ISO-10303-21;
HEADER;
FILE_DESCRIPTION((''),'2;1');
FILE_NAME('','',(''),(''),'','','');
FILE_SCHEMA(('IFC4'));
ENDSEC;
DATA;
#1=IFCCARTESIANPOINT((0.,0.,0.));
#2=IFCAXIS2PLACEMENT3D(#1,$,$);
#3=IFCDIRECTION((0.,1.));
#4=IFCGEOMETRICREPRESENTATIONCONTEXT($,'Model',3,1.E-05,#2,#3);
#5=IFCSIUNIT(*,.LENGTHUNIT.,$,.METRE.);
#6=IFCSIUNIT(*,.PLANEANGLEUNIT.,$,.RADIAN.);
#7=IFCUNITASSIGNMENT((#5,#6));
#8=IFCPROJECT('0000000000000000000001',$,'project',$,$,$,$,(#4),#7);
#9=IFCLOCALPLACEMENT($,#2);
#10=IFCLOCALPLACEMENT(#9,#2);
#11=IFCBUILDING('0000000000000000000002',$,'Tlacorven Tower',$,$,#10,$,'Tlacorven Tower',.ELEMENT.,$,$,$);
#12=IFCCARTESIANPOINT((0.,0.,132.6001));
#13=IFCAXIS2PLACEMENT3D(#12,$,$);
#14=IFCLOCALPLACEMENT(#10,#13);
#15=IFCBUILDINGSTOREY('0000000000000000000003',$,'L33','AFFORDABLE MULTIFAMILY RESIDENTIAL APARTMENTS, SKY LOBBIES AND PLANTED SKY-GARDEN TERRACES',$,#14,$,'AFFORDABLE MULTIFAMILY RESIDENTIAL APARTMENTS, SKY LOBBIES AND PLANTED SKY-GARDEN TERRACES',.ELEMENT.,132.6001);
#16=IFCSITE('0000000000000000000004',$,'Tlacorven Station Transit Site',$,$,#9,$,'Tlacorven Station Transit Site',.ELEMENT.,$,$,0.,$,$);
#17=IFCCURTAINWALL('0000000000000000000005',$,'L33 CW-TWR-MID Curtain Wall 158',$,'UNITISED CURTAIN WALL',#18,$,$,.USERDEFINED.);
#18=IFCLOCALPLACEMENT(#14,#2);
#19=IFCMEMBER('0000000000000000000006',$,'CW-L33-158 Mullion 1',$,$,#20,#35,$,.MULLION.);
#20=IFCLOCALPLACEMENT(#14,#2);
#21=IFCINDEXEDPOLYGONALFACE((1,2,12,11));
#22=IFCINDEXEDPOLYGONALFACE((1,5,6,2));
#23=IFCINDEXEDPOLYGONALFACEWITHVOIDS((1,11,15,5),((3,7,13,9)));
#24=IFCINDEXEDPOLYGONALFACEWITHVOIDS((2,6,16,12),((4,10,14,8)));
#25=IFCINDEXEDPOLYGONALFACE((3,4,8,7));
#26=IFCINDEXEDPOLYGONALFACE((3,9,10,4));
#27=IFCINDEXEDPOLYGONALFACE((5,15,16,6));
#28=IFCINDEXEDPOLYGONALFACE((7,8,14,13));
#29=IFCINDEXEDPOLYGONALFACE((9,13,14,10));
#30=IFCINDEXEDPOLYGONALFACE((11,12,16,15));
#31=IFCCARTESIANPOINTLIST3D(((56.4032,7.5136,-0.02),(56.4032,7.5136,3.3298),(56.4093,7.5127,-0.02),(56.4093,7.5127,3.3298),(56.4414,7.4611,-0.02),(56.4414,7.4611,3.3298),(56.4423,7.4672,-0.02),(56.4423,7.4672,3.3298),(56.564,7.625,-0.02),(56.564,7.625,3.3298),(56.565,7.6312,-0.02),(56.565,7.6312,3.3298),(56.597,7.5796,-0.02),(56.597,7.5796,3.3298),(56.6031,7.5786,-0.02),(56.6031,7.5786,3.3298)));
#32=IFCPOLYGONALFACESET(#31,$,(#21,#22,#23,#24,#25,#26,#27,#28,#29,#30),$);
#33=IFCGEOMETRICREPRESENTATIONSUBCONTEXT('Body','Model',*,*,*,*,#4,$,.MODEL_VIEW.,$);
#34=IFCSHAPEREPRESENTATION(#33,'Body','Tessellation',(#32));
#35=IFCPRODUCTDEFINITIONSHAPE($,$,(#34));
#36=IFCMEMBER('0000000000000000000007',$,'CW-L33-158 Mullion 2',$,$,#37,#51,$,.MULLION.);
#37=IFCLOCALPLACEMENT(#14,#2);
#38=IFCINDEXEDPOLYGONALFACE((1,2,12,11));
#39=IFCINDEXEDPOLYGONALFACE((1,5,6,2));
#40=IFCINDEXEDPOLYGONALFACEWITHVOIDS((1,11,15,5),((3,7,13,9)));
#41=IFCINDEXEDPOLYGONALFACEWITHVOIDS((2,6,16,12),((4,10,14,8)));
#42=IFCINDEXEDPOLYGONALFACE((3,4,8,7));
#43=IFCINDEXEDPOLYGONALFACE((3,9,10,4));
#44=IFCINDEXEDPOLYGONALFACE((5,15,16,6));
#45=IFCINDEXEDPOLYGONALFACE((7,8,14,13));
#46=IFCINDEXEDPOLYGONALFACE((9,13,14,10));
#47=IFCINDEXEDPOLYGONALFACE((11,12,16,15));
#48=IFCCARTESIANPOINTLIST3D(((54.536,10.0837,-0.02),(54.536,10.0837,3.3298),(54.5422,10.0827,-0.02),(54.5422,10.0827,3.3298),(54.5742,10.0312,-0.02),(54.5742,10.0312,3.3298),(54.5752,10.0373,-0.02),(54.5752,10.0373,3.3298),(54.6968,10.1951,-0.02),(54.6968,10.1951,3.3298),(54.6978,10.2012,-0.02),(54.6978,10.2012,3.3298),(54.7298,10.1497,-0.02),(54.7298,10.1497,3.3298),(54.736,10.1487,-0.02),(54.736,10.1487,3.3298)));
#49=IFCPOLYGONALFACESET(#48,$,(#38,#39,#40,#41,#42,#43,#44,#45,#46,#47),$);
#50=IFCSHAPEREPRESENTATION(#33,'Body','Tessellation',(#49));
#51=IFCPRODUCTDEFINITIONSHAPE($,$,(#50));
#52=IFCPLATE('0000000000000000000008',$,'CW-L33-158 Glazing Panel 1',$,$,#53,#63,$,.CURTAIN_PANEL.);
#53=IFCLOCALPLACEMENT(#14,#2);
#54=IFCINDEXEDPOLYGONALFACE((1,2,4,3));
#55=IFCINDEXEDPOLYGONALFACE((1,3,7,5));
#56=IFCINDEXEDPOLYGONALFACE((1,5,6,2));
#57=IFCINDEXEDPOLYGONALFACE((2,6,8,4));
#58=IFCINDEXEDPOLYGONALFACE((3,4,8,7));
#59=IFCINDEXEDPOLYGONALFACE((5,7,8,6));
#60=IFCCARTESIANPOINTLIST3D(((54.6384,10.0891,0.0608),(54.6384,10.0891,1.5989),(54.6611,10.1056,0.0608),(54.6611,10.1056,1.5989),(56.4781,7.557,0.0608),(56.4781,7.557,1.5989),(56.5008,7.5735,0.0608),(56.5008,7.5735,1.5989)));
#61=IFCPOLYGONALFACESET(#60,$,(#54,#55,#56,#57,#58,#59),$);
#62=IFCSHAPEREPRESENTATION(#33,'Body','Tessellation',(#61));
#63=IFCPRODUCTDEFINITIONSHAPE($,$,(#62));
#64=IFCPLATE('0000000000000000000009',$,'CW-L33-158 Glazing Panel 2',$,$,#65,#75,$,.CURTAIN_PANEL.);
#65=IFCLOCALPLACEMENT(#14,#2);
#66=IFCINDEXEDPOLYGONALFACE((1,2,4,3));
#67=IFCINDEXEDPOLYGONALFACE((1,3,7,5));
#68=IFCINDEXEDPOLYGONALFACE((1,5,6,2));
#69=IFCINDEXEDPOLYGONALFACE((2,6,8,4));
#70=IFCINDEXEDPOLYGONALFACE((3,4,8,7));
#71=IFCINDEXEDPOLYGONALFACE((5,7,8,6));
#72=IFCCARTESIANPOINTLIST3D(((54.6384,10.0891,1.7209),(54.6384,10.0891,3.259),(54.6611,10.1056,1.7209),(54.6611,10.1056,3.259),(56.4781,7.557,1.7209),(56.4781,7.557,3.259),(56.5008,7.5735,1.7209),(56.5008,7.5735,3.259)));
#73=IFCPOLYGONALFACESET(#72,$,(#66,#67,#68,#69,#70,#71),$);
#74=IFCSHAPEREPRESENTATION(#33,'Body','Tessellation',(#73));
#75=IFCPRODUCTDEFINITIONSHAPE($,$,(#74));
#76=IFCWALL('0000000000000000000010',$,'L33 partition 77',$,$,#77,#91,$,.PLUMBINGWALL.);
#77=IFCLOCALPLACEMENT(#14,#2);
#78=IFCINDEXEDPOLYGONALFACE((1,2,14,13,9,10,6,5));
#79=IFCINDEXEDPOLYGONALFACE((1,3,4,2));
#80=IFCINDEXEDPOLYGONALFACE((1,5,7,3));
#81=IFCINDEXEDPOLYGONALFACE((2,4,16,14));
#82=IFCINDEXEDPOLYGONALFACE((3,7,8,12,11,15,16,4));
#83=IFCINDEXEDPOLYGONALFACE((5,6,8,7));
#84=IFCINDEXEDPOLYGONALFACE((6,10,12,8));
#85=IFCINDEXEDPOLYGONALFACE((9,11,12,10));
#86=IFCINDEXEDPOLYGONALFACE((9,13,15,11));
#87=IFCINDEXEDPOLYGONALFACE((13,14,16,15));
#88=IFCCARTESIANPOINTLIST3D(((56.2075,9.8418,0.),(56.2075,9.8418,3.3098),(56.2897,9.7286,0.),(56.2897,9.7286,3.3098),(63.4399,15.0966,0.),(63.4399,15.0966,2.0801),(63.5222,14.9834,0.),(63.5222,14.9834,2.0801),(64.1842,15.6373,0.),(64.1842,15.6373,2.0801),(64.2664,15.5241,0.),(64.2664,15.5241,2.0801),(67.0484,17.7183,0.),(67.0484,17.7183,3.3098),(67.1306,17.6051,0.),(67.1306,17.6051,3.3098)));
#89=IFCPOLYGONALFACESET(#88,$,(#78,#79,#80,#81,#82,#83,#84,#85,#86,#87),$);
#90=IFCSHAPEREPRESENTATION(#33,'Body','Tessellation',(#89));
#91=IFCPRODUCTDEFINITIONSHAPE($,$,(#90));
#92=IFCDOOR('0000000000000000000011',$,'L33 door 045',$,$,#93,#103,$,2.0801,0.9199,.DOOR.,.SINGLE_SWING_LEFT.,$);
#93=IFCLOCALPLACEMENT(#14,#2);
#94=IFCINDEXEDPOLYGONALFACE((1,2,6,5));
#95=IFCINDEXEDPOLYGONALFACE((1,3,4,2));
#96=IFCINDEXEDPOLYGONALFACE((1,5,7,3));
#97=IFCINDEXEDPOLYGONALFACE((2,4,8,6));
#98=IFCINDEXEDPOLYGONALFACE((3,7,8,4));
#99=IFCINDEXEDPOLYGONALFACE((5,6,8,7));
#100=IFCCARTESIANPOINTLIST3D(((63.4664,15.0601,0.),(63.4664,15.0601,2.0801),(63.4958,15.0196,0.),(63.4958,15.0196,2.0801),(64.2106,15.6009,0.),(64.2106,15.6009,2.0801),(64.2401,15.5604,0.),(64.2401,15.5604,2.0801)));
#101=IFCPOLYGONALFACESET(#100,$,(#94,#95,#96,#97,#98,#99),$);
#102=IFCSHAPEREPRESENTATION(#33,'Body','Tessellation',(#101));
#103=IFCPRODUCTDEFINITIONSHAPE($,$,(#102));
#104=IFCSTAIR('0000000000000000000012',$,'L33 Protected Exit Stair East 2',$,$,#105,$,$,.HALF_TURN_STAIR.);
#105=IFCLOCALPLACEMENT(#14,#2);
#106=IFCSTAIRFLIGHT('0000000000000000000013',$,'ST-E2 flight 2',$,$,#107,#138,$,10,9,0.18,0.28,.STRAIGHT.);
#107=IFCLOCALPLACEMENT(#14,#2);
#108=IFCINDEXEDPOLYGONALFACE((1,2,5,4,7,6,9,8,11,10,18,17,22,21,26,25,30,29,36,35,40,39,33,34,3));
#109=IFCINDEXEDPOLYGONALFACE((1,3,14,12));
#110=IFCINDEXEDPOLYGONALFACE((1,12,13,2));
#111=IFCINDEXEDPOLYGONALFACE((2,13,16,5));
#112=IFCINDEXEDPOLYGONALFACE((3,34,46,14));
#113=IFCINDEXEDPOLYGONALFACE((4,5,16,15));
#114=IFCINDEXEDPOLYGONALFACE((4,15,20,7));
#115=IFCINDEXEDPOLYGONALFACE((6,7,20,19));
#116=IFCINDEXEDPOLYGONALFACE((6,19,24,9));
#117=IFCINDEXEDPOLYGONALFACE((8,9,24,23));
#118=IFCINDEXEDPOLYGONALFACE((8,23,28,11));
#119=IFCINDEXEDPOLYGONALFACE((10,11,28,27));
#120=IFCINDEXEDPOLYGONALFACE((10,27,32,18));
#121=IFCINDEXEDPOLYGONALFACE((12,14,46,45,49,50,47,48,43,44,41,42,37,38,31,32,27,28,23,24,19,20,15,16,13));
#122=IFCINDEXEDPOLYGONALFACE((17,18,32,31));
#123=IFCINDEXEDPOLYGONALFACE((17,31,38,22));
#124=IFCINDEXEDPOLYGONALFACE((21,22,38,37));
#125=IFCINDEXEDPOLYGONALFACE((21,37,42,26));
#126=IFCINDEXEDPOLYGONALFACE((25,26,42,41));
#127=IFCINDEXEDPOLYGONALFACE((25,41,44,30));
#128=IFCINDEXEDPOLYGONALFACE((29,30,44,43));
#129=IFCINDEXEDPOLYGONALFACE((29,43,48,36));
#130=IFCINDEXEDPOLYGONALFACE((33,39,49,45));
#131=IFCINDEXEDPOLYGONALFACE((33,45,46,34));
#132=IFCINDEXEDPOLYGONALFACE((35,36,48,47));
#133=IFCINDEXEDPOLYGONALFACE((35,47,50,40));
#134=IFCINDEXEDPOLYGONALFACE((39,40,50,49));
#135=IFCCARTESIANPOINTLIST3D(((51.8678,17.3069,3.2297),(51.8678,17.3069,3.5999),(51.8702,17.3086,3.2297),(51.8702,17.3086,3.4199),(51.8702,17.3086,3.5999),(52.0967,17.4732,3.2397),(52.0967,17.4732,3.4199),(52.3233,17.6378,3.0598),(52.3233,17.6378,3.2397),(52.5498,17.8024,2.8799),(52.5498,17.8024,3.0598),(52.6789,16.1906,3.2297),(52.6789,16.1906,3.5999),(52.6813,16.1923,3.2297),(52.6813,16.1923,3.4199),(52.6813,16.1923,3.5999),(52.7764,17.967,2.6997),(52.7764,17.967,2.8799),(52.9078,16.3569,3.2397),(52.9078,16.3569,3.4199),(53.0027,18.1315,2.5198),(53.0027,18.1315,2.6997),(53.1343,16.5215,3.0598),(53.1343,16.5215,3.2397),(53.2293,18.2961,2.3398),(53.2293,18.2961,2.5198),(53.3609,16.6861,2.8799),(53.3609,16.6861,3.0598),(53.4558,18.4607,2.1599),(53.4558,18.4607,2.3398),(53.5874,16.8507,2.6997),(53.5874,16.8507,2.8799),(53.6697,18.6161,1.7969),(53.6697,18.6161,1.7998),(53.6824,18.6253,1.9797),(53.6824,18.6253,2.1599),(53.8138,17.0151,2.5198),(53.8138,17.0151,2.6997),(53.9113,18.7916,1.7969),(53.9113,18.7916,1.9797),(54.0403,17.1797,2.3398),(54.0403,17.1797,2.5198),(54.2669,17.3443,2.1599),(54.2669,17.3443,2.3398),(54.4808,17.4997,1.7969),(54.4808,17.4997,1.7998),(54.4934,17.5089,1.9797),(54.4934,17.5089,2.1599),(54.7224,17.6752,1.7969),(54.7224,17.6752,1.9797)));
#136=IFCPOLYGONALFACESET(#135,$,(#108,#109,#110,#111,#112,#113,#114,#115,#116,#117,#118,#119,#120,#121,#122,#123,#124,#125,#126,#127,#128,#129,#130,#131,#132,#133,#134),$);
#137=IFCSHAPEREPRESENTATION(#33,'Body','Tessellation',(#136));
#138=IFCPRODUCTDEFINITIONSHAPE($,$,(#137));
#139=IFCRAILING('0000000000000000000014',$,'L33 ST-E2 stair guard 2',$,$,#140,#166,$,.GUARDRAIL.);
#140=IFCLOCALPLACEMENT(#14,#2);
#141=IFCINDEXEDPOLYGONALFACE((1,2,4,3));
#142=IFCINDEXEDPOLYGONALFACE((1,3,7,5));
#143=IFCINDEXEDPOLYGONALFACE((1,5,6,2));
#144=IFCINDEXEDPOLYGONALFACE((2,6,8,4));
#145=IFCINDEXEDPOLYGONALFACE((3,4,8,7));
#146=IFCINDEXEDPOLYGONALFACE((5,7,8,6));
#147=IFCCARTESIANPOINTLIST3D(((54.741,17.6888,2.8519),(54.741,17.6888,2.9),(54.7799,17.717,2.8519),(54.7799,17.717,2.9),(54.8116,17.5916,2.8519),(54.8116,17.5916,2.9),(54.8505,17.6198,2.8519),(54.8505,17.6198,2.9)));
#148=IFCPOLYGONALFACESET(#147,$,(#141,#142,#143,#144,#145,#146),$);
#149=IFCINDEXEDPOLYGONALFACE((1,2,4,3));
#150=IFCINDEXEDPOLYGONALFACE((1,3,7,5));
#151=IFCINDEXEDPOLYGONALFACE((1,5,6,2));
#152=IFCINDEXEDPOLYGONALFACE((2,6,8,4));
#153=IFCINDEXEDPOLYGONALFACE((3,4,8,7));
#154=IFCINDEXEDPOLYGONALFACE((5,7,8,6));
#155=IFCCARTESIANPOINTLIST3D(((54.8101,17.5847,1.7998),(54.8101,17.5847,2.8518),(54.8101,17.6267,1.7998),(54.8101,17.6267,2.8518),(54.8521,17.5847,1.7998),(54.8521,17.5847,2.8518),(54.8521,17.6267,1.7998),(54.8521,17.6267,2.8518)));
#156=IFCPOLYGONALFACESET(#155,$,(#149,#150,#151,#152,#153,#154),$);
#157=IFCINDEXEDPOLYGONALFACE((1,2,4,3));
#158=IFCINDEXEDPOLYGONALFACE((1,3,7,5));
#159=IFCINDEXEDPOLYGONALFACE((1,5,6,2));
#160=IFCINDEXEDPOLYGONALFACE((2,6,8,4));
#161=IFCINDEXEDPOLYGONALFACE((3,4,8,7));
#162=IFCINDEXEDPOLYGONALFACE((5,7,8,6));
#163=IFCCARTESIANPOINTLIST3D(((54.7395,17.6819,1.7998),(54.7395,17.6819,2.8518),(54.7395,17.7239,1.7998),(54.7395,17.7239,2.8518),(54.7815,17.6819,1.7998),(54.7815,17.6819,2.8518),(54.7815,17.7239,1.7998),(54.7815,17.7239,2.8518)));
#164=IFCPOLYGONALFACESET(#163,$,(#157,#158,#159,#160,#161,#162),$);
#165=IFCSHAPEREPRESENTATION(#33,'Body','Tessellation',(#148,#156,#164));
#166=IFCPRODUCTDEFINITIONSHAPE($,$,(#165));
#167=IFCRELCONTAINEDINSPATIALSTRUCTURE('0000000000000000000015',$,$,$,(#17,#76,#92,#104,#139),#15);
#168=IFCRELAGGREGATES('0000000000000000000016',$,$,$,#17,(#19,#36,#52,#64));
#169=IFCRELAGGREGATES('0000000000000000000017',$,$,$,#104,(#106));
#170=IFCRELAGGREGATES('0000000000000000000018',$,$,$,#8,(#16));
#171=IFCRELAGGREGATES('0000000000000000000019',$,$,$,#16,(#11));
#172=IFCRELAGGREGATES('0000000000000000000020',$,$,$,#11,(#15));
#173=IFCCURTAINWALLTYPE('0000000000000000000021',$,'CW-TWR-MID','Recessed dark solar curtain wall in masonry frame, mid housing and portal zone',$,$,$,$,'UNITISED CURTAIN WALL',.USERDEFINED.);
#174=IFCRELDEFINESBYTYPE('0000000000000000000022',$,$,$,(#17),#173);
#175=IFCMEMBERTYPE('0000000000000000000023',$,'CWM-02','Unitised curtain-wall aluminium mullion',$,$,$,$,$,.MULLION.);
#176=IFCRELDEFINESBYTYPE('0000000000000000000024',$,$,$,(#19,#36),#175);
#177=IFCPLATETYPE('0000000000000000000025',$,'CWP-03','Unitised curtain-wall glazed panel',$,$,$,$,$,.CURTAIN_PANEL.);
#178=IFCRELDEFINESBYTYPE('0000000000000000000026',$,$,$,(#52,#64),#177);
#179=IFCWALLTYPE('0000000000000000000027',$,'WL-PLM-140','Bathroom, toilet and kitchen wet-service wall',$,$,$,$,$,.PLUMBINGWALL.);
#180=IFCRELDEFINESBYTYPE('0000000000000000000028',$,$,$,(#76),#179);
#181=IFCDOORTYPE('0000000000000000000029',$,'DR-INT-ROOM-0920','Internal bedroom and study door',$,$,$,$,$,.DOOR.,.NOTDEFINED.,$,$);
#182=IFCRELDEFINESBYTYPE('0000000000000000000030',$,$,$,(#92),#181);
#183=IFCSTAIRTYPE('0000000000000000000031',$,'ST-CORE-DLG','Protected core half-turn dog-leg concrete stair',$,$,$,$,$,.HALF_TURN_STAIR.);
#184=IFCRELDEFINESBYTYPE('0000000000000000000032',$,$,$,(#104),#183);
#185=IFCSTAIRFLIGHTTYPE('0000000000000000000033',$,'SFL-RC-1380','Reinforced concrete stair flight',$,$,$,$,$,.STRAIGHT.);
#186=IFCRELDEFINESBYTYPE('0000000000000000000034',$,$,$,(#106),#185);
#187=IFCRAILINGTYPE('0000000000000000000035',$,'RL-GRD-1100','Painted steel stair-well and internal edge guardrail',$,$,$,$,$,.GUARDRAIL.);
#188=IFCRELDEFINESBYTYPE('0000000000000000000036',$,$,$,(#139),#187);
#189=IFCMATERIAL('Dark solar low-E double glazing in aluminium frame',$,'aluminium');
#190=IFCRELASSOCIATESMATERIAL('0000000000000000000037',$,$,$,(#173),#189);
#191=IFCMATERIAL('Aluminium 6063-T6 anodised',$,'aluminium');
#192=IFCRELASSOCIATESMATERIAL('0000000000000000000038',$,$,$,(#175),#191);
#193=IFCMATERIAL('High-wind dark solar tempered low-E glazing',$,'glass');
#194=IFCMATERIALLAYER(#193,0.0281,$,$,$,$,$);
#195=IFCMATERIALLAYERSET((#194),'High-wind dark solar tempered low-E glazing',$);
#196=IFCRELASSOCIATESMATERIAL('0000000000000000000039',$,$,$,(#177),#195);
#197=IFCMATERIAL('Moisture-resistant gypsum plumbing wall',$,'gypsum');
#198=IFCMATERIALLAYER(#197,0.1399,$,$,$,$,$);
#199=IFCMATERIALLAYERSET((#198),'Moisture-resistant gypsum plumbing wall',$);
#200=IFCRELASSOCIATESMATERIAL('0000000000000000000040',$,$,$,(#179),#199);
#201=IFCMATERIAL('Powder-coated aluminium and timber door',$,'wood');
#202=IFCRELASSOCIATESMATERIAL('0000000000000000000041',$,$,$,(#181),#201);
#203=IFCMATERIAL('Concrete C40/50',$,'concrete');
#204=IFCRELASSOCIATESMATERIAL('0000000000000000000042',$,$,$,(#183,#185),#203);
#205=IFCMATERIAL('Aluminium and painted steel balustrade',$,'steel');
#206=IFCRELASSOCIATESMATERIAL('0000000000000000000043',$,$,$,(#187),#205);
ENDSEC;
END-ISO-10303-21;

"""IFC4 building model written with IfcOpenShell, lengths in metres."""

from ifc_helpers import new_model, si_unit, direction, frame, frame_2d, origin, origin_2d, place, context, subcontext, project, spatial, polyline, rectangle, hollow_rectangle, outline, extrude, source, transform, mapped, material, layer, layer_set, material_profile, profile_set, type_object, element, fill, aggregate, save


model = new_model("IFC4")

# Units and contexts
model_context = context("Model", 3, precision=1e-05, world=origin(), true_north=direction((0.0, 1.0)))
body_context = subcontext(model_context, "Body", "Model", "MODEL_VIEW")
ifc_project = project(units=[si_unit("LENGTHUNIT", "METRE"), si_unit("PLANEANGLEUNIT", "RADIAN")], contexts=[model_context])

# Site, building, storey
site_placement = place(None, origin())
site = spatial("IfcSite", under=ifc_project, at=site_placement, Name="Tlacorven Station Transit Site", LongName="Tlacorven Station Transit Site", CompositionType="ELEMENT", RefElevation=0.0)
building_placement = place(site_placement, origin())
building = spatial("IfcBuilding", under=site, at=building_placement, Name="Tlacorven Tower", LongName="Tlacorven Tower", CompositionType="ELEMENT")
storey_placement = place(building_placement, frame((0.0, 0.0, 132.6001)))
storey = spatial("IfcBuildingStorey", under=building, at=storey_placement, Name="L33", Description="AFFORDABLE MULTIFAMILY RESIDENTIAL APARTMENTS, SKY LOBBIES AND PLANTED SKY-GARDEN TERRACES", LongName="AFFORDABLE MULTIFAMILY RESIDENTIAL APARTMENTS, SKY LOBBIES AND PLANTED SKY-GARDEN TERRACES", CompositionType="ELEMENT", Elevation=132.6001)

# Curtain wall, members, plates
ifc_material_1 = material(Name="Dark solar low-E double glazing in aluminium frame", Category="aluminium")
curtain_wall_type = type_object("IfcCurtainWallType", Name="CW-TWR-MID", Description="Recessed dark solar curtain wall in masonry frame, mid housing and portal zone", ElementType="UNITISED CURTAIN WALL", PredefinedType="USERDEFINED", material=ifc_material_1)
curtain_wall_placement = place(storey_placement, origin())
curtain_wall = element("IfcCurtainWall", 1, at=curtain_wall_placement, inside=storey, type_object=curtain_wall_type, Name="L33 CW-TWR-MID Curtain Wall 158", ObjectType="UNITISED CURTAIN WALL", PredefinedType="USERDEFINED")
ifc_material_2 = material(Name="Aluminium 6063-T6 anodised", Category="aluminium")
ifc_material_profile_1 = material_profile(ifc_material_2, hollow_rectangle(XDim=0.0649, YDim=0.2, WallThickness=0.0044, at=origin_2d()), Name="ALU MULLION 65X200")
ifc_profile_set_1 = profile_set([ifc_material_profile_1], Name="Aluminium 6063-T6 anodised")
member_type_1 = type_object("IfcMemberType", Name="CWM-02", Description="Unitised curtain-wall aluminium mullion", PredefinedType="MULLION", material=ifc_profile_set_1)
shared_shape_1 = source(origin(), body_context, "Body", "SweptSolid", [
    extrude(hollow_rectangle(XDim=0.0649, YDim=0.2, WallThickness=0.0044, at=origin_2d()), origin(), (0.0, 0.0, 1.0), 3.3499),
])
member_1_placement = place(storey_placement, frame((56.5032, 7.5461, -0.02), z_axis=(0.0, 0.0, 1.0), x_axis=(-0.587785, 0.809017, 0.0)))
member_1 = element("IfcMember", 2, at=member_1_placement, type_object=member_type_1, Name="CW-L33-158 Mullion 1", PredefinedType="MULLION", context=body_context, shape_type="MappedRepresentation", body=[
    mapped(shared_shape_1, transform((0.0, 0.0, 0.0), scale=1.0)),
])
member_2_placement = place(storey_placement, frame((54.636, 10.1162, -0.02), z_axis=(0.0, 0.0, 1.0), x_axis=(-0.587785, 0.809017, 0.0)))
member_2 = element("IfcMember", 3, at=member_2_placement, type_object=member_type_1, Name="CW-L33-158 Mullion 2", PredefinedType="MULLION", context=body_context, shape_type="MappedRepresentation", body=[
    mapped(shared_shape_1, transform((0.0, 0.0, 0.0), scale=1.0)),
])
ifc_material_3 = material(Name="High-wind dark solar tempered low-E glazing", Category="glass")
ifc_layer_1 = layer(ifc_material_3, 0.0281)
ifc_layer_set_1 = layer_set([ifc_layer_1], Name="High-wind dark solar tempered low-E glazing")
plate_type = type_object("IfcPlateType", Name="CWP-03", Description="Unitised curtain-wall glazed panel", PredefinedType="CURTAIN_PANEL", material=ifc_layer_set_1)
shared_shape_2 = source(origin(), body_context, "Body", "SweptSolid", [
    extrude(rectangle(XDim=3.1299, YDim=0.0281, at=origin_2d()), origin(), (0.0, 0.0, 1.0), 1.5381),
])
plate_1_placement = place(storey_placement, frame((55.5696, 8.8313, 0.0608), z_axis=(0.0, 0.0, 1.0), x_axis=(-0.587785, 0.809017, 0.0)))
plate_1 = element("IfcPlate", 4, at=plate_1_placement, type_object=plate_type, Name="CW-L33-158 Glazing Panel 1", PredefinedType="CURTAIN_PANEL", context=body_context, shape_type="MappedRepresentation", body=[
    mapped(shared_shape_2, transform((0.0, 0.0, 0.0), scale=1.0)),
])
plate_2_placement = place(storey_placement, frame((55.5696, 8.8313, 1.7209), z_axis=(0.0, 0.0, 1.0), x_axis=(-0.587785, 0.809017, 0.0)))
plate_2 = element("IfcPlate", 5, at=plate_2_placement, type_object=plate_type, Name="CW-L33-158 Glazing Panel 2", PredefinedType="CURTAIN_PANEL", context=body_context, shape_type="MappedRepresentation", body=[
    mapped(shared_shape_2, transform((0.0, 0.0, 0.0), scale=1.0)),
])
aggregate(curtain_wall, [member_1, member_2, plate_1, plate_2])

# Wall, opening, door
ifc_material_4 = material(Name="Moisture-resistant gypsum plumbing wall", Category="gypsum")
ifc_layer_2 = layer(ifc_material_4, 0.1399)
ifc_layer_set_2 = layer_set([ifc_layer_2], Name="Moisture-resistant gypsum plumbing wall")
wall_type = type_object("IfcWallType", Name="WL-PLM-140", Description="Bathroom, toilet and kitchen wet-service wall", PredefinedType="PLUMBINGWALL", material=ifc_layer_set_2)
wall_placement = place(storey_placement, frame((56.2485, 9.7852, 0.0), z_axis=(0.0, 0.0, 1.0), x_axis=(0.809012, 0.587792, 0.0)))
wall = element("IfcWall", 6, at=wall_placement, inside=storey, type_object=wall_type, Name="L33 partition 77", PredefinedType="PLUMBINGWALL", context=body_context, shape_type="SweptSolid", body=[
    extrude(rectangle(XDim=13.4001, YDim=0.1399, at=frame_2d((6.7002, 0.0))), origin(), (0.0, 0.0, 1.0), 3.3098),
])
opening_placement = place(wall_placement, frame((8.9399, 0.0, 0.0)))
opening = element("IfcOpeningElement", 7, at=opening_placement, cuts=wall, PredefinedType="OPENING", context=body_context, shape_type="SweptSolid", body=[
    extrude(rectangle(XDim=0.9199, YDim=2.0801, at=frame_2d((0.46, 1.04))), frame((0.0, 0.0801, 0.0), z_axis=(0.0, -1.0, 0.0), x_axis=(1.0, 0.0, 0.0)), (0.0, 0.0, 1.0), 0.1599),
])
ifc_material_5 = material(Name="Powder-coated aluminium and timber door", Category="wood")
door_type = type_object("IfcDoorType", Name="DR-INT-ROOM-0920", Description="Internal bedroom and study door", OperationType="NOTDEFINED", PredefinedType="DOOR", material=ifc_material_5)
shared_shape_3 = source(origin(), body_context, "Body", "SweptSolid", [
    extrude(rectangle(XDim=0.9199, YDim=2.0801, at=frame_2d((0.46, 1.04))), frame((0.0, 0.0249, 0.0), z_axis=(0.0, -1.0, 0.0), x_axis=(1.0, 0.0, 0.0)), (0.0, 0.0, 1.0), 0.05),
])
door_placement = place(opening_placement, origin())
door = element("IfcDoor", 8, at=door_placement, inside=storey, type_object=door_type, Name="L33 door 045", OperationType="SINGLE_SWING_LEFT", OverallHeight=2.0801, OverallWidth=0.9199, PredefinedType="DOOR", context=body_context, shape_type="MappedRepresentation", body=[
    mapped(shared_shape_3, transform((0.0, 0.0, 0.0), scale=1.0)),
])
fill(opening, door)

# Stair, stair flight
ifc_material_6 = material(Name="Concrete C40/50", Category="concrete")
stair_type = type_object("IfcStairType", Name="ST-CORE-DLG", Description="Protected core half-turn dog-leg concrete stair", PredefinedType="HALF_TURN_STAIR", material=ifc_material_6)
stair_placement = place(storey_placement, origin())
stair = element("IfcStair", 9, at=stair_placement, inside=storey, type_object=stair_type, Name="L33 Protected Exit Stair East 2", PredefinedType="HALF_TURN_STAIR")
stair_flight_type = type_object("IfcStairFlightType", Name="SFL-RC-1380", Description="Reinforced concrete stair flight", PredefinedType="STRAIGHT", material=ifc_material_6)
shared_shape_4 = source(origin(), body_context, "Body", "SweptSolid", [
    extrude(outline(polyline([(-0.0029, -0.0029), (-0.0029, 0.1799), (0.28, 0.1799), (0.28, 0.3601), (0.5601, 0.3601), (0.5601, 0.54), (0.8401, 0.54), (0.8401, 0.72), (1.1201, 0.72), (1.1201, 0.8999), (1.3999, 0.8999), (1.3999, 1.0801), (1.6799, 1.0801), (1.6799, 1.26), (1.96, 1.26), (1.96, 1.4399), (2.24, 1.4399), (2.24, 1.6201), (2.52, 1.6201), (2.52, 1.8), (2.5229, 1.8), (2.5229, 1.4299), (2.52, 1.4299), (0.2957, 0.0), (0.2957, -0.0029), (-0.0029, -0.0029)])), frame((0.0, 0.6899, 0.0), z_axis=(0.0, -1.0, 0.0), x_axis=(1.0, 0.0, 0.0)), (0.0, 0.0, 1.0), 1.3799),
])
stair_flight_placement = place(storey_placement, frame((54.3145, 18.2317, 1.7998), z_axis=(0.0, 0.0, 1.0), x_axis=(-0.809017, -0.587785, 0.0)))
stair_flight = element("IfcStairFlight", 10, at=stair_flight_placement, type_object=stair_flight_type, Name="ST-E2 flight 2", NumberOfRisers=10, NumberOfTreads=9, PredefinedType="STRAIGHT", RiserHeight=0.18, TreadLength=0.28, context=body_context, shape_type="MappedRepresentation", body=[
    mapped(shared_shape_4, transform((0.0, 0.0, 0.0), scale=1.0)),
])
aggregate(stair, [stair_flight])

# Railing
ifc_material_7 = material(Name="Aluminium and painted steel balustrade", Category="steel")
railing_type_1 = type_object("IfcRailingType", Name="RL-GRD-1100", Description="Painted steel stair-well and internal edge guardrail", PredefinedType="GUARDRAIL", material=ifc_material_7)
shared_shape_5 = source(origin(), body_context, "Body", "SweptSolid", [
    extrude(rectangle(XDim=0.0481, YDim=0.0481, at=origin_2d()), frame((0.0, 0.0, 1.0762), z_axis=(-0.587567, 0.809175, 0.0), x_axis=(-0.809175, -0.587567, 0.0)), (0.0, 0.0, 1.0), 0.1201),
    extrude(rectangle(XDim=0.042, YDim=0.042, at=origin_2d()), origin(), (0.0, 0.0, 1.0), 1.052),
    extrude(rectangle(XDim=0.042, YDim=0.042, at=origin_2d()), frame((-0.0706, 0.0972, 0.0)), (0.0, 0.0, 1.0), 1.052),
])
railing_1_placement = place(storey_placement, frame((54.8311, 17.6057, 1.7998)))
element("IfcRailing", 11, at=railing_1_placement, inside=storey, type_object=railing_type_1, Name="L33 ST-E2 stair guard 2", PredefinedType="GUARDRAIL", context=body_context, shape_type="MappedRepresentation", body=[
    mapped(shared_shape_5, transform((0.0, 0.0, 0.0), scale=1.0)),
])

save(model, "model.ifc")
